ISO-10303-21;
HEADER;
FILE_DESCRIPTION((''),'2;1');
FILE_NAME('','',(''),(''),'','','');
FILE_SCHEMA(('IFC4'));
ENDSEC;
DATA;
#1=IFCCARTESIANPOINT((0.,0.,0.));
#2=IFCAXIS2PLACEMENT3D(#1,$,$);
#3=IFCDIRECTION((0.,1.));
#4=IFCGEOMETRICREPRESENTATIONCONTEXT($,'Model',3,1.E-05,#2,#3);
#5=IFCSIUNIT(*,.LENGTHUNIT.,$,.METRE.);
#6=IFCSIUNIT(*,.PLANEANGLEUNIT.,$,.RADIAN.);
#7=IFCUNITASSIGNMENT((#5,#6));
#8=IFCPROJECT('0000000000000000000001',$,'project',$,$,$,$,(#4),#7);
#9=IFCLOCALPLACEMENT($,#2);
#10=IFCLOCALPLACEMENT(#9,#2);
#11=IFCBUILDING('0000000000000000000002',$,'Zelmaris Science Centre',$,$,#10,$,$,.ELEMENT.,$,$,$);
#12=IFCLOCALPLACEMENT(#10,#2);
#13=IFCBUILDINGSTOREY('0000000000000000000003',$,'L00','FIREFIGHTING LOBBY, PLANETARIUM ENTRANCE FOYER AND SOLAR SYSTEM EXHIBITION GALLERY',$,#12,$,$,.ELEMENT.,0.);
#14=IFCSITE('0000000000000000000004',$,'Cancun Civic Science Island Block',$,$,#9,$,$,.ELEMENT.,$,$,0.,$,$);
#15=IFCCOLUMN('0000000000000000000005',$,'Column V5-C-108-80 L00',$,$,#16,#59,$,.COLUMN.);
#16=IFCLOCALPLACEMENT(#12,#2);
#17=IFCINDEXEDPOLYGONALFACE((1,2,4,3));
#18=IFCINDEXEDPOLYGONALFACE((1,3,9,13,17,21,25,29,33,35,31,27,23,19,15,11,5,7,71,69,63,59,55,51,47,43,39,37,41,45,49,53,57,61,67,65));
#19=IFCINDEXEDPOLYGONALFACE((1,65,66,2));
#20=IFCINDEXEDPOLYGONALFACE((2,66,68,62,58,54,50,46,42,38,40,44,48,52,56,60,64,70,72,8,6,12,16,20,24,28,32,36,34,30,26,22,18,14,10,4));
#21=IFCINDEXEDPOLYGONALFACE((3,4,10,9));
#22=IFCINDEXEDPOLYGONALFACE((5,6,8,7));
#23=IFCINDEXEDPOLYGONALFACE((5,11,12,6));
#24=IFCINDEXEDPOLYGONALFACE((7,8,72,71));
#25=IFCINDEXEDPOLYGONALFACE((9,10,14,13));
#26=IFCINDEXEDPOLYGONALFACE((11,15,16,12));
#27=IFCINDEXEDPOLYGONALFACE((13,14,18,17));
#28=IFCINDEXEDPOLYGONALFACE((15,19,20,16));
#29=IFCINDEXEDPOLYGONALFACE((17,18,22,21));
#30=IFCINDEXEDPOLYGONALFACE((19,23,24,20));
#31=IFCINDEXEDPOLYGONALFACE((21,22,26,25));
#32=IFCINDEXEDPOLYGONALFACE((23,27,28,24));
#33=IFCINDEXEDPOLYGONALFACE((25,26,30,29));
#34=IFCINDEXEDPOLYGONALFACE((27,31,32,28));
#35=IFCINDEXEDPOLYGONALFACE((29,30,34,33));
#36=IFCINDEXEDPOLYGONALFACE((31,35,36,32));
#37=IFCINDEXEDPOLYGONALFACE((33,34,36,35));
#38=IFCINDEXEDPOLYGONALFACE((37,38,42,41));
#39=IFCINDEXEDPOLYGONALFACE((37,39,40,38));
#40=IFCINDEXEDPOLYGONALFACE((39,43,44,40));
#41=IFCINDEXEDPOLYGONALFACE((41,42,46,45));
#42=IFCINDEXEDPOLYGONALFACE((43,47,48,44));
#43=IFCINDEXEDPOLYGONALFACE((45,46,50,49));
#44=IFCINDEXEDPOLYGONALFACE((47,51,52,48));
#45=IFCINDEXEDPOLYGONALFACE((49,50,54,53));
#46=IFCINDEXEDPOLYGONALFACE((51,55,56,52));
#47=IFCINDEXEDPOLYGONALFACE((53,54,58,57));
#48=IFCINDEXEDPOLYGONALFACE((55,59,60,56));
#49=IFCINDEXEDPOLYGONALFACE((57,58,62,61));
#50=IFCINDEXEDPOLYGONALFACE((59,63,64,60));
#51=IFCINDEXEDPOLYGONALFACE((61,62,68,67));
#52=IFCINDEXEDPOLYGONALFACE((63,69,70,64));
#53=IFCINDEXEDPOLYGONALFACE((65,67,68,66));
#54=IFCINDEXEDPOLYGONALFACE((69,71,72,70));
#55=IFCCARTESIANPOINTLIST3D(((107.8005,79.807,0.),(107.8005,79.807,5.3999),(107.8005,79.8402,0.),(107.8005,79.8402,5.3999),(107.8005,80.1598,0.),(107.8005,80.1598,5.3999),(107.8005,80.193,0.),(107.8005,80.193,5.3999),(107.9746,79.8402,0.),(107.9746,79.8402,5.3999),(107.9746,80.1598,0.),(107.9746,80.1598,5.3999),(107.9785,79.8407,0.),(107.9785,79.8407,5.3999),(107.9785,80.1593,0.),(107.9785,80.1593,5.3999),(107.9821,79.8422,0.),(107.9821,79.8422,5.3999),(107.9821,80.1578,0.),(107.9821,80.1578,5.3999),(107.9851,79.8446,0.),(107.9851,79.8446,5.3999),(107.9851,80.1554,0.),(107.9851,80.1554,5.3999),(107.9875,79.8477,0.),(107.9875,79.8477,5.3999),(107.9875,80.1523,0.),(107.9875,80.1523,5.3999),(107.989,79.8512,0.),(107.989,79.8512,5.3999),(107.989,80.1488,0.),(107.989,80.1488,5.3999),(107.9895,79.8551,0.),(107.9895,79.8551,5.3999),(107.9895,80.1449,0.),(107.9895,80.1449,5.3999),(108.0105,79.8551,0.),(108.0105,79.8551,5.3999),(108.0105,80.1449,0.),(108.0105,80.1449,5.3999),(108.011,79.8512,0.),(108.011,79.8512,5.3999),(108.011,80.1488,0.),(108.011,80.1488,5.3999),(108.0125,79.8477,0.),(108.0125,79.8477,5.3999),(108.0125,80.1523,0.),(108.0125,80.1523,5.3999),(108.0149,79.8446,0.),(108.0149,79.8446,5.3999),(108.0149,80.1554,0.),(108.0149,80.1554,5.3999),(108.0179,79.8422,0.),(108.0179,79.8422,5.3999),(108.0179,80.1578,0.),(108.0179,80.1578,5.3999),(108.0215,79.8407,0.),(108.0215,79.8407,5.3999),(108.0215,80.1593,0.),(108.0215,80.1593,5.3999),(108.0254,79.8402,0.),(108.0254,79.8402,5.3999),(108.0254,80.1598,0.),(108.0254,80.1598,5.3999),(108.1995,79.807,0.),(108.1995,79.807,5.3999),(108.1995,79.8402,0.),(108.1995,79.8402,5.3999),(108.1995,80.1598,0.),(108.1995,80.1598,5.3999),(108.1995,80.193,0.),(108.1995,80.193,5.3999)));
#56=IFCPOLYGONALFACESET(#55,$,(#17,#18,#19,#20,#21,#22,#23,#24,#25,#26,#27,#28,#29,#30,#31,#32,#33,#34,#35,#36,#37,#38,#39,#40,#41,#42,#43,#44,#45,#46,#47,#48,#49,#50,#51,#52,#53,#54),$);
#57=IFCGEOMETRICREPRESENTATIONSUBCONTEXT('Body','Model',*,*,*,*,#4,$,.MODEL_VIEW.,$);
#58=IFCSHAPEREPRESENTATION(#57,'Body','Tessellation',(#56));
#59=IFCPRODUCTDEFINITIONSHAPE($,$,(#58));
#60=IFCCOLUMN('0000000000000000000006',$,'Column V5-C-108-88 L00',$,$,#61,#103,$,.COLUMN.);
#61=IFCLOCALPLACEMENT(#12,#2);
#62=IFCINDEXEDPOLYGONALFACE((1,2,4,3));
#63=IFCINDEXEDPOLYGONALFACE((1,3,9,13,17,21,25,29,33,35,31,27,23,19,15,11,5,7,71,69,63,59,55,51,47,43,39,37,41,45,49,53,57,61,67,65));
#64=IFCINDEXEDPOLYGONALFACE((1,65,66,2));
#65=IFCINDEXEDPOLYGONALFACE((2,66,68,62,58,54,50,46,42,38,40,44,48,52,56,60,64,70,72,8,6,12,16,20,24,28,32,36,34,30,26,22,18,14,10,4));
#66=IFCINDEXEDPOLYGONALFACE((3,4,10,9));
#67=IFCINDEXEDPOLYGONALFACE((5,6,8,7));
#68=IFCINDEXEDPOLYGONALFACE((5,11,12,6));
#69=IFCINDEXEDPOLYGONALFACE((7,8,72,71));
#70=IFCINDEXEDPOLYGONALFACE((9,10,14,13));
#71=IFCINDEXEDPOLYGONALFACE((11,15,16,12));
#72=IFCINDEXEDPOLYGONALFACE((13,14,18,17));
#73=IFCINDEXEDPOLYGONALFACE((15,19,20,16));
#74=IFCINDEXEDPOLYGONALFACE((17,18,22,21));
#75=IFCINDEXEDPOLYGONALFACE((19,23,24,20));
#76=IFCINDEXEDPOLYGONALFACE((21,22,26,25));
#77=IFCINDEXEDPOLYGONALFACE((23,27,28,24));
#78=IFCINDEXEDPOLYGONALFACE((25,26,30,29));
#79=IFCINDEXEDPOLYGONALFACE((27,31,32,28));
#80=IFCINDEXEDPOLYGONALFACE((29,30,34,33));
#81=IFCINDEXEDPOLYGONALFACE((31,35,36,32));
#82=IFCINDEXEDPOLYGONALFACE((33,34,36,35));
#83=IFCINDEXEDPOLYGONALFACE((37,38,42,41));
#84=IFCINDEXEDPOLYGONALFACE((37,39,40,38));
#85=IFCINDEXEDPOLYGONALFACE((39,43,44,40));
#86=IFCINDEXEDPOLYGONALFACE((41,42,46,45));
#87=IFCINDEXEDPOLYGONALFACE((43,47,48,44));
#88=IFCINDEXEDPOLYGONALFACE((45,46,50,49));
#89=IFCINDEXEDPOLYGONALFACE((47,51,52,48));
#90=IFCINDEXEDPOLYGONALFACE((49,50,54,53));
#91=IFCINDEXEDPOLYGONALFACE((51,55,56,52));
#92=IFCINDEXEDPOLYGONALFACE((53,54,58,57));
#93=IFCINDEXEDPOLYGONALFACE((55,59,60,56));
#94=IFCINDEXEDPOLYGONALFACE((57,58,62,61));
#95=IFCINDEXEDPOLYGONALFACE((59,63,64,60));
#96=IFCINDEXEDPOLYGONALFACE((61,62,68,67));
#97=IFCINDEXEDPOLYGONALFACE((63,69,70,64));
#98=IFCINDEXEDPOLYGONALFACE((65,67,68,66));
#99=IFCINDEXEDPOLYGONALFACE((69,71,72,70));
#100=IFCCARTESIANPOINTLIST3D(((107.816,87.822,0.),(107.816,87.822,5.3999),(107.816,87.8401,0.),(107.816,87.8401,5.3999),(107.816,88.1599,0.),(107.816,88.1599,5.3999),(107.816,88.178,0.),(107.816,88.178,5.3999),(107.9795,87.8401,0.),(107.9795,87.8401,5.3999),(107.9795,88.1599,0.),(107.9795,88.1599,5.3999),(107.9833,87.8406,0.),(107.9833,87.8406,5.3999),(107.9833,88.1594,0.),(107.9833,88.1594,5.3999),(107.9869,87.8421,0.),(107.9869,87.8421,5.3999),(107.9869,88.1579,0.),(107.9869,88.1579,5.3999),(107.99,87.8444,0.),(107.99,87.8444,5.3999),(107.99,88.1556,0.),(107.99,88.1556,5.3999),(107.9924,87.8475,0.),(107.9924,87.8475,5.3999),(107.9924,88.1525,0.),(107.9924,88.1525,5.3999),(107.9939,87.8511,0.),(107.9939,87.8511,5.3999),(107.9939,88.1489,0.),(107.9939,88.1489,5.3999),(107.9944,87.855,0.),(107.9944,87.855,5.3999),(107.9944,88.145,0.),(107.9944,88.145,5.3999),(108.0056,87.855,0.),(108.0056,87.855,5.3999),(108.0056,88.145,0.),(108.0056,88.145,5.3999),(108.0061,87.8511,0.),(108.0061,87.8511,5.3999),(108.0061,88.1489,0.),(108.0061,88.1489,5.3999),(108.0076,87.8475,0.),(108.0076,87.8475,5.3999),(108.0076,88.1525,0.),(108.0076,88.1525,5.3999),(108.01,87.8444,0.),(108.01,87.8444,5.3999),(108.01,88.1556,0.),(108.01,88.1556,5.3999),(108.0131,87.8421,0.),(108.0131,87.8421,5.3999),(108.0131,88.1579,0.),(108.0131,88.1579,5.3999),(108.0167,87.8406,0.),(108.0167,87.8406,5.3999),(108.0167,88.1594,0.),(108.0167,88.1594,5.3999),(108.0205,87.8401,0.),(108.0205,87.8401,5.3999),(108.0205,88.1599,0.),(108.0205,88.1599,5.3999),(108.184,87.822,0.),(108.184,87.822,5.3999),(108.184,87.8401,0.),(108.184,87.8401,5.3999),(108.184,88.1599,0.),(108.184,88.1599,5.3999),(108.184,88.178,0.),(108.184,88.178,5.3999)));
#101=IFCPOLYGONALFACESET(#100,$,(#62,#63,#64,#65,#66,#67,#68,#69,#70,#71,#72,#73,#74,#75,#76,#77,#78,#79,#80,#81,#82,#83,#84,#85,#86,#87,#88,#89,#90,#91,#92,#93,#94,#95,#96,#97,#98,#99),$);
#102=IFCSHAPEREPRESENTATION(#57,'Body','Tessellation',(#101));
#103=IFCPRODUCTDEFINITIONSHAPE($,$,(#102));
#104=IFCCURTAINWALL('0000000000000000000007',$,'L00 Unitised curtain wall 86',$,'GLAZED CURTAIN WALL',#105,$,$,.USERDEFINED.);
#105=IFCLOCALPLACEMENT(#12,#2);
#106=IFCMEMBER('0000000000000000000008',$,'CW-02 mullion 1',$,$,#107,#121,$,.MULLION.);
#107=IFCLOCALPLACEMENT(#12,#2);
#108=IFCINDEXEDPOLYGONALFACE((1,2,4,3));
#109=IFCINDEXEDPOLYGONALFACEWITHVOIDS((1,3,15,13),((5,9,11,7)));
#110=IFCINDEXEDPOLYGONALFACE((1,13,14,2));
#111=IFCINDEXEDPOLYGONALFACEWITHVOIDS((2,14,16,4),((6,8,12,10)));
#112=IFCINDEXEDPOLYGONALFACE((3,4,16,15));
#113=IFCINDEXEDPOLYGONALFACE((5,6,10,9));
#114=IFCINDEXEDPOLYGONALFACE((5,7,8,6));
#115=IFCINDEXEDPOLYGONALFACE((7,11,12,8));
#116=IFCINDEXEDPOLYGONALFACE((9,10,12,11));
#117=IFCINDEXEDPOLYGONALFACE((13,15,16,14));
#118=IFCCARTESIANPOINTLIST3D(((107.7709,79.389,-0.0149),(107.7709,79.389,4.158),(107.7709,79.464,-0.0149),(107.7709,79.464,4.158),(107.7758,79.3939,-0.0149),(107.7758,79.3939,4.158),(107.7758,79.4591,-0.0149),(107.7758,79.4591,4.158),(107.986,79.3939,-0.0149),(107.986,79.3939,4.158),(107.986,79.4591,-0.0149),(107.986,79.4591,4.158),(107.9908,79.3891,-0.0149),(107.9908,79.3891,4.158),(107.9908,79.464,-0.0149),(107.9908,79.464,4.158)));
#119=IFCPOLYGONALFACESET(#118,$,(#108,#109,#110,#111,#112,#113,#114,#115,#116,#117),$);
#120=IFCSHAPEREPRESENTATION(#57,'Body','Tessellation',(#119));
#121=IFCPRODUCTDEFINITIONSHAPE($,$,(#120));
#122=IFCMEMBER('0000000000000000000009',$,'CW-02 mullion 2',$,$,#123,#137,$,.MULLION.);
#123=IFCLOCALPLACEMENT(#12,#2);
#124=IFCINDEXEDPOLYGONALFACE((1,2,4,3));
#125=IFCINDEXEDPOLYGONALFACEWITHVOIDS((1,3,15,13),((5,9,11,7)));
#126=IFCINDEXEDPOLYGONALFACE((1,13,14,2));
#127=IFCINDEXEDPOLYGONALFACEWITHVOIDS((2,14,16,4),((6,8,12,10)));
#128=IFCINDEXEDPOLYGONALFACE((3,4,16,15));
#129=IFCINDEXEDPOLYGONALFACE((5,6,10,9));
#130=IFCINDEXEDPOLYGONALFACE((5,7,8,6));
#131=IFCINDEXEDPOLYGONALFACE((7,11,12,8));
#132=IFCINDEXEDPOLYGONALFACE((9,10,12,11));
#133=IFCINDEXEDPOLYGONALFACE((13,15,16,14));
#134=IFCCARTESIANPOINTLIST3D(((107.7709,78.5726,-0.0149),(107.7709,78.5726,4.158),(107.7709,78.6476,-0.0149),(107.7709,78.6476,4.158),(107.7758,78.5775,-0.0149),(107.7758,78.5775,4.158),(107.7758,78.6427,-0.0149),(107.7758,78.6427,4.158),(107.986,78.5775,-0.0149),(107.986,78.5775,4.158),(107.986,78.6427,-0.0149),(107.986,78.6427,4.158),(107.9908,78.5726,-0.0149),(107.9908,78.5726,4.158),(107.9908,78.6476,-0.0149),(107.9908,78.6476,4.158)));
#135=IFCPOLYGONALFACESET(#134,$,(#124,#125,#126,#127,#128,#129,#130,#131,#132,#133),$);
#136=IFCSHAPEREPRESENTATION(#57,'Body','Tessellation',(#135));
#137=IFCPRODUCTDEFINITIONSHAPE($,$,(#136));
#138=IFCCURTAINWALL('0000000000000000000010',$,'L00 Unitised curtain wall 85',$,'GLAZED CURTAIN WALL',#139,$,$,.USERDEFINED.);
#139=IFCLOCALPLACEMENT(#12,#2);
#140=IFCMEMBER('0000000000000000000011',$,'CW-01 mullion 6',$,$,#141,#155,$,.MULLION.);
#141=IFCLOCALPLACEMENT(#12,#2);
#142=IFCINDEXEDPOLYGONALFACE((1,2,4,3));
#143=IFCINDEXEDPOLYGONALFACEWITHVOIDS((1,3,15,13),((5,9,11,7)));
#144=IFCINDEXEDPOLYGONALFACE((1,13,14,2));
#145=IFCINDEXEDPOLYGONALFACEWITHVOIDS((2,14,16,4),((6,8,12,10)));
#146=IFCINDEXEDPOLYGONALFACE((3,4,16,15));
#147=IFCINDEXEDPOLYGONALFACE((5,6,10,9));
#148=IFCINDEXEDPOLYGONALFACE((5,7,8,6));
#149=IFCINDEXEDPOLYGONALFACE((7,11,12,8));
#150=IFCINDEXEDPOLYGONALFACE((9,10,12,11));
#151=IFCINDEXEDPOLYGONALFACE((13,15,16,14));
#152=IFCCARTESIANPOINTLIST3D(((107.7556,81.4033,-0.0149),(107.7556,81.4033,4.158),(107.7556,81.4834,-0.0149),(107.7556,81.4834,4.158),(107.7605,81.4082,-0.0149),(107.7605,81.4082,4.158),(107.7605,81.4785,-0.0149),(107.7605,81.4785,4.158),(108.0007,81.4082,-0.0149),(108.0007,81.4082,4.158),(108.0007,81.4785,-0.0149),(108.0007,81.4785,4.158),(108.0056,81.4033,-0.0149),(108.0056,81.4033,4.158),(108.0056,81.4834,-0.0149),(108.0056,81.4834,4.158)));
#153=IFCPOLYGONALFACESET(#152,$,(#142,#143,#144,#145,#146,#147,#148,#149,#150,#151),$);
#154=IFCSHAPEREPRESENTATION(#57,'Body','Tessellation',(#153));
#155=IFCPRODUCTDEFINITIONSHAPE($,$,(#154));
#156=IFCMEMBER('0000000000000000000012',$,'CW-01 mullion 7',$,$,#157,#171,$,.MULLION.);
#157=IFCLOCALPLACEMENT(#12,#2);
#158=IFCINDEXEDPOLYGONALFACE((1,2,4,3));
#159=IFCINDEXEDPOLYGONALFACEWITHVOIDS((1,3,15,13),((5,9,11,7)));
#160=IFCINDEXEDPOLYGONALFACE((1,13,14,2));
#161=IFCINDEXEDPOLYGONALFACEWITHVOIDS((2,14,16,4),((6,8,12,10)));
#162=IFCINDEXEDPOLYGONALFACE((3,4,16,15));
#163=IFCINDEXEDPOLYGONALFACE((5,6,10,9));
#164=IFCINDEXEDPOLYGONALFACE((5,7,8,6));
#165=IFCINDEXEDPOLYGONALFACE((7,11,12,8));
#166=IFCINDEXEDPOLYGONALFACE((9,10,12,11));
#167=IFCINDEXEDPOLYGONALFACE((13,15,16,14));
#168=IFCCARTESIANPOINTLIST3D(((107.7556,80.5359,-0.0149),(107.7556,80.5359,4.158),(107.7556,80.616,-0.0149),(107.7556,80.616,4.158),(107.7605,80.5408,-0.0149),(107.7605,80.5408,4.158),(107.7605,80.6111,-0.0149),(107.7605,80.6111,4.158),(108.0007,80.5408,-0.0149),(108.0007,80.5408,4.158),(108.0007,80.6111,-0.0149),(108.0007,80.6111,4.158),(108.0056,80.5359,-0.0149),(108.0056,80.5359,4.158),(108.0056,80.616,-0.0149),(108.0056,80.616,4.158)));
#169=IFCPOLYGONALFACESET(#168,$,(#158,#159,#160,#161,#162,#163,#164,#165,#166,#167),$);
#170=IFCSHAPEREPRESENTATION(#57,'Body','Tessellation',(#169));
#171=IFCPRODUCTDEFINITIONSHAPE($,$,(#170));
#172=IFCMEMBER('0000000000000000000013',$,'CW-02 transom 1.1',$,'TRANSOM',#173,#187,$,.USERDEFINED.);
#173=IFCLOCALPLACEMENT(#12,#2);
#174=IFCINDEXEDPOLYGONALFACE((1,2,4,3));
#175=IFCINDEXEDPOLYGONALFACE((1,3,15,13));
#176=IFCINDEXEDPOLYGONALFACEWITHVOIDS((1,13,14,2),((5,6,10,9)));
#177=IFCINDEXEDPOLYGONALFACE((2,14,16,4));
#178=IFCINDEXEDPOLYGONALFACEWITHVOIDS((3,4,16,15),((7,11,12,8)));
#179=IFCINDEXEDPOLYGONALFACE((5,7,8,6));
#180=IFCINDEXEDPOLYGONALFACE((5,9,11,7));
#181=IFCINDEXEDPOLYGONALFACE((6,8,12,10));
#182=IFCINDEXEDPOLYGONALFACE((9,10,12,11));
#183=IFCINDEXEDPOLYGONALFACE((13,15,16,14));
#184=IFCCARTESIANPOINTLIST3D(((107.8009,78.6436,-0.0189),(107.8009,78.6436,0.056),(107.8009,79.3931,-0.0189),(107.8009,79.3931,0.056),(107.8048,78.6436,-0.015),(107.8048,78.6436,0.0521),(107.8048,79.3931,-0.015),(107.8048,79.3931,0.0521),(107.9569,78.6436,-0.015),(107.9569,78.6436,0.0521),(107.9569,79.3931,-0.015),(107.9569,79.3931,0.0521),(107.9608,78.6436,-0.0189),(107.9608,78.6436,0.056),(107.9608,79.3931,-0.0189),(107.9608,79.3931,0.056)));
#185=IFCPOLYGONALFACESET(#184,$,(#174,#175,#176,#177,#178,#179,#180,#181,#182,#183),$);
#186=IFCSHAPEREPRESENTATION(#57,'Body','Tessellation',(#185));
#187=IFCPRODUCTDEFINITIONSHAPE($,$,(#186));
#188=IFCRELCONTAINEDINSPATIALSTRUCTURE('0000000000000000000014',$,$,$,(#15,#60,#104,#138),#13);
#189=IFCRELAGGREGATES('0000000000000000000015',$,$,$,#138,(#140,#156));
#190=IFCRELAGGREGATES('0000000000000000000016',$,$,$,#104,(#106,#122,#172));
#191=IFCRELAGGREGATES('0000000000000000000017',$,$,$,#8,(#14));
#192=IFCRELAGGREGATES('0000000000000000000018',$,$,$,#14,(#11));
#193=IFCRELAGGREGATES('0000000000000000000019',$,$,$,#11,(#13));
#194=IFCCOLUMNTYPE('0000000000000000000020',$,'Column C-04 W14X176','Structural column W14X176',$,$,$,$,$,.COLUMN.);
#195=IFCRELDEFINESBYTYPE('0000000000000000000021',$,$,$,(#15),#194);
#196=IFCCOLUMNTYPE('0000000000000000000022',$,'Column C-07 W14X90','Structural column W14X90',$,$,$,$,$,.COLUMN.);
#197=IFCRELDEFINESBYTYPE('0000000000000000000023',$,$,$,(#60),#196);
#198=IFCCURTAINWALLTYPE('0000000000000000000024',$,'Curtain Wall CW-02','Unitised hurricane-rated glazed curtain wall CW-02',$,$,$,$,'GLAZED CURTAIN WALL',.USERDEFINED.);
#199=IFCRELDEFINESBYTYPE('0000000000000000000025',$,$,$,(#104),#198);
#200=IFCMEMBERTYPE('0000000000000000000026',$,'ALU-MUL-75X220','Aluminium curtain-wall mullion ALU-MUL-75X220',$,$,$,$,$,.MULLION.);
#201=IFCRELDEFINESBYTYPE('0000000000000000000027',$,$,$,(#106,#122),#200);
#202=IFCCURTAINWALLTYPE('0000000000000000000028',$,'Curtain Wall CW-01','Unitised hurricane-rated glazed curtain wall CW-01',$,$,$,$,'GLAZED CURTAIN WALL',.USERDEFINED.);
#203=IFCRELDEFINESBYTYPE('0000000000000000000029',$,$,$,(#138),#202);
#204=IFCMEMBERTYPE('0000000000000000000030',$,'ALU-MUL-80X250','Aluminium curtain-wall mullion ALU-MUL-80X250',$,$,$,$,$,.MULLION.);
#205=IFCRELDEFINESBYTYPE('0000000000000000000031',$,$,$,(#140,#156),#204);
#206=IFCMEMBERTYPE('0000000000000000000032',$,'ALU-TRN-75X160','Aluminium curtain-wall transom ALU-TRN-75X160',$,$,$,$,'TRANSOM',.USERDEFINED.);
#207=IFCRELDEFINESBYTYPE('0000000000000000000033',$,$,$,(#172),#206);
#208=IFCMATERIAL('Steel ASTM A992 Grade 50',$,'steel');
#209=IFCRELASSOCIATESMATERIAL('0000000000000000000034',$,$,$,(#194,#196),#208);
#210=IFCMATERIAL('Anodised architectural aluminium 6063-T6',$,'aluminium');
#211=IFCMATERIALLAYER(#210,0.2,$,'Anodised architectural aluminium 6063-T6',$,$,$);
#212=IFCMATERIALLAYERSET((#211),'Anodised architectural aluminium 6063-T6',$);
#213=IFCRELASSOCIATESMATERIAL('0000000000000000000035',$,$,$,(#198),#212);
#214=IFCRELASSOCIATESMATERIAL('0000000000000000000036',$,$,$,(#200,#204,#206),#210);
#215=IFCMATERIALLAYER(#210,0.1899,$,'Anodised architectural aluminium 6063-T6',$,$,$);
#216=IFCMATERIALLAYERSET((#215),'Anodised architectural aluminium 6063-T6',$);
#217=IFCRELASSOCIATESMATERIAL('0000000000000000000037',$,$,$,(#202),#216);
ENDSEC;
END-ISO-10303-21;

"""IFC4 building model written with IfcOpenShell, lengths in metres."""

from ifc_helpers import new_model, si_unit, direction, frame, origin, origin_2d, place, context, subcontext, project, spatial, hollow_rectangle, i_section, extrude, material, layer, layer_set, material_profile, profile_set, type_object, element, aggregate, save


model = new_model("IFC4")

# Units and contexts
model_context = context("Model", 3, precision=1e-05, world=origin(), true_north=direction((0.0, 1.0)))
body_context = subcontext(model_context, "Body", "Model", "MODEL_VIEW")
ifc_project = project(units=[si_unit("LENGTHUNIT", "METRE"), si_unit("PLANEANGLEUNIT", "RADIAN")], contexts=[model_context])

# Site, building, storey
site_placement = place(None, origin())
site = spatial("IfcSite", under=ifc_project, at=site_placement, Name="Cancun Civic Science Island Block", CompositionType="ELEMENT", RefElevation=0.0)
building_placement = place(site_placement, origin())
building = spatial("IfcBuilding", under=site, at=building_placement, Name="Zelmaris Science Centre", CompositionType="ELEMENT")
storey_placement = place(building_placement, origin())
storey = spatial("IfcBuildingStorey", under=building, at=storey_placement, Name="L00", Description="FIREFIGHTING LOBBY, PLANETARIUM ENTRANCE FOYER AND SOLAR SYSTEM EXHIBITION GALLERY", CompositionType="ELEMENT", Elevation=0.0)

# Columns
ifc_material_1 = material(Name="Steel ASTM A992 Grade 50", Category="steel")
ifc_material_profile_1 = material_profile(ifc_material_1, i_section(OverallWidth=0.3989, OverallDepth=0.386, WebThickness=0.021, FlangeThickness=0.0332, FilletRadius=0.0149, at=origin_2d()), Name="W14X176")
ifc_profile_set_1 = profile_set([ifc_material_profile_1], Name="Steel ASTM A992 Grade 50")
column_type_1 = type_object("IfcColumnType", Name="Column C-04 W14X176", Description="Structural column W14X176", PredefinedType="COLUMN", material=ifc_profile_set_1)
column_1_placement = place(storey_placement, frame((108.0, 80.0, 0.0), z_axis=(0.0, 0.0, 1.0), x_axis=(1.0, 0.0, 0.0)))
element("IfcColumn", 1, at=column_1_placement, inside=storey, type_object=column_type_1, Name="Column V5-C-108-80 L00", PredefinedType="COLUMN", context=body_context, shape_type="SweptSolid", body=[
    extrude(i_section(OverallWidth=0.3989, OverallDepth=0.386, WebThickness=0.021, FlangeThickness=0.0332, FilletRadius=0.0149, at=origin_2d()), origin(), (0.0, 0.0, 1.0), 5.3999),
])
ifc_material_profile_2 = material_profile(ifc_material_1, i_section(OverallWidth=0.3679, OverallDepth=0.356, WebThickness=0.0112, FlangeThickness=0.0181, FilletRadius=0.0149, at=origin_2d()), Name="W14X90")
ifc_profile_set_2 = profile_set([ifc_material_profile_2], Name="Steel ASTM A992 Grade 50")
column_type_2 = type_object("IfcColumnType", Name="Column C-07 W14X90", Description="Structural column W14X90", PredefinedType="COLUMN", material=ifc_profile_set_2)
column_2_placement = place(storey_placement, frame((108.0, 88.0, 0.0), z_axis=(0.0, 0.0, 1.0), x_axis=(1.0, 0.0, 0.0)))
element("IfcColumn", 2, at=column_2_placement, inside=storey, type_object=column_type_2, Name="Column V5-C-108-88 L00", PredefinedType="COLUMN", context=body_context, shape_type="SweptSolid", body=[
    extrude(i_section(OverallWidth=0.3679, OverallDepth=0.356, WebThickness=0.0112, FlangeThickness=0.0181, FilletRadius=0.0149, at=origin_2d()), origin(), (0.0, 0.0, 1.0), 5.3999),
])

# Curtain walls, members
ifc_material_2 = material(Name="Anodised architectural aluminium 6063-T6", Category="aluminium")
ifc_layer_1 = layer(ifc_material_2, 0.2, Name="Anodised architectural aluminium 6063-T6")
ifc_layer_set_1 = layer_set([ifc_layer_1], Name="Anodised architectural aluminium 6063-T6")
curtain_wall_type_1 = type_object("IfcCurtainWallType", Name="Curtain Wall CW-02", Description="Unitised hurricane-rated glazed curtain wall CW-02", ElementType="GLAZED CURTAIN WALL", PredefinedType="USERDEFINED", material=ifc_layer_set_1)
curtain_wall_1_placement = place(storey_placement, origin())
curtain_wall_1 = element("IfcCurtainWall", 3, at=curtain_wall_1_placement, inside=storey, type_object=curtain_wall_type_1, Name="L00 Unitised curtain wall 86", ObjectType="GLAZED CURTAIN WALL", PredefinedType="USERDEFINED")
ifc_material_profile_3 = material_profile(ifc_material_2, hollow_rectangle(XDim=0.075, YDim=0.22, WallThickness=0.0049, at=origin_2d()), Name="ALU-MUL-75X220")
ifc_profile_set_3 = profile_set([ifc_material_profile_3], Name="Anodised architectural aluminium 6063-T6")
member_type_1 = type_object("IfcMemberType", Name="ALU-MUL-75X220", Description="Aluminium curtain-wall mullion ALU-MUL-75X220", PredefinedType="MULLION", material=ifc_profile_set_3)
member_1_placement = place(storey_placement, frame((107.8809, 79.4265, -0.0149), z_axis=(0.0, 0.0, 1.0), x_axis=(0.000129, -1.0, 0.0)))
member_1 = element("IfcMember", 4, at=member_1_placement, type_object=member_type_1, Name="CW-02 mullion 1", PredefinedType="MULLION", context=body_context, shape_type="SweptSolid", body=[
    extrude(hollow_rectangle(XDim=0.075, YDim=0.22, WallThickness=0.0049, at=origin_2d()), origin(), (0.0, 0.0, 1.0), 4.1729),
])
member_2_placement = place(storey_placement, frame((107.8809, 78.6101, -0.0149), z_axis=(0.0, 0.0, 1.0), x_axis=(0.000129, -1.0, 0.0)))
member_2 = element("IfcMember", 5, at=member_2_placement, type_object=member_type_1, Name="CW-02 mullion 2", PredefinedType="MULLION", context=body_context, shape_type="SweptSolid", body=[
    extrude(hollow_rectangle(XDim=0.075, YDim=0.22, WallThickness=0.0049, at=origin_2d()), origin(), (0.0, 0.0, 1.0), 4.1729),
])
ifc_layer_2 = layer(ifc_material_2, 0.1899, Name="Anodised architectural aluminium 6063-T6")
ifc_layer_set_2 = layer_set([ifc_layer_2], Name="Anodised architectural aluminium 6063-T6")
curtain_wall_type_2 = type_object("IfcCurtainWallType", Name="Curtain Wall CW-01", Description="Unitised hurricane-rated glazed curtain wall CW-01", ElementType="GLAZED CURTAIN WALL", PredefinedType="USERDEFINED", material=ifc_layer_set_2)
curtain_wall_2_placement = place(storey_placement, origin())
curtain_wall_2 = element("IfcCurtainWall", 6, at=curtain_wall_2_placement, inside=storey, type_object=curtain_wall_type_2, Name="L00 Unitised curtain wall 85", ObjectType="GLAZED CURTAIN WALL", PredefinedType="USERDEFINED")
ifc_material_profile_4 = material_profile(ifc_material_2, hollow_rectangle(XDim=0.0801, YDim=0.25, WallThickness=0.0049, at=origin_2d()), Name="ALU-MUL-80X250")
ifc_profile_set_4 = profile_set([ifc_material_profile_4], Name="Anodised architectural aluminium 6063-T6")
member_type_2 = type_object("IfcMemberType", Name="ALU-MUL-80X250", Description="Aluminium curtain-wall mullion ALU-MUL-80X250", PredefinedType="MULLION", material=ifc_profile_set_4)
member_3_placement = place(storey_placement, frame((107.8806, 81.4434, -0.0149), z_axis=(0.0, 0.0, 1.0), x_axis=(0.000129, -1.0, 0.0)))
member_3 = element("IfcMember", 7, at=member_3_placement, type_object=member_type_2, Name="CW-01 mullion 6", PredefinedType="MULLION", context=body_context, shape_type="SweptSolid", body=[
    extrude(hollow_rectangle(XDim=0.0801, YDim=0.25, WallThickness=0.0049, at=origin_2d()), origin(), (0.0, 0.0, 1.0), 4.1729),
])
member_4_placement = place(storey_placement, frame((107.8806, 80.5759, -0.0149), z_axis=(0.0, 0.0, 1.0), x_axis=(0.000129, -1.0, 0.0)))
member_4 = element("IfcMember", 8, at=member_4_placement, type_object=member_type_2, Name="CW-01 mullion 7", PredefinedType="MULLION", context=body_context, shape_type="SweptSolid", body=[
    extrude(hollow_rectangle(XDim=0.0801, YDim=0.25, WallThickness=0.0049, at=origin_2d()), origin(), (0.0, 0.0, 1.0), 4.1729),
])

# Member
ifc_material_profile_5 = material_profile(ifc_material_2, hollow_rectangle(XDim=0.075, YDim=0.1599, WallThickness=0.0039, at=origin_2d()), Name="ALU-TRN-75X160")
ifc_profile_set_5 = profile_set([ifc_material_profile_5], Name="Anodised architectural aluminium 6063-T6")
member_type_3 = type_object("IfcMemberType", Name="ALU-TRN-75X160", Description="Aluminium curtain-wall transom ALU-TRN-75X160", ElementType="TRANSOM", PredefinedType="USERDEFINED", material=ifc_profile_set_5)
member_5_placement = place(storey_placement, frame((107.8809, 79.3931, 0.0186), z_axis=(0.0, -1.0, 0.0), x_axis=(0.0, 0.0, 1.0)))
member_5 = element("IfcMember", 9, at=member_5_placement, type_object=member_type_3, Name="CW-02 transom 1.1", ObjectType="TRANSOM", PredefinedType="USERDEFINED", context=body_context, shape_type="SweptSolid", body=[
    extrude(hollow_rectangle(XDim=0.075, YDim=0.1599, WallThickness=0.0039, at=origin_2d()), origin(), (0.0, 0.0, 1.0), 0.7495),
])

aggregate(curtain_wall_2, [member_3, member_4])
aggregate(curtain_wall_1, [member_1, member_2, member_5])

save(model, "model.ifc")
